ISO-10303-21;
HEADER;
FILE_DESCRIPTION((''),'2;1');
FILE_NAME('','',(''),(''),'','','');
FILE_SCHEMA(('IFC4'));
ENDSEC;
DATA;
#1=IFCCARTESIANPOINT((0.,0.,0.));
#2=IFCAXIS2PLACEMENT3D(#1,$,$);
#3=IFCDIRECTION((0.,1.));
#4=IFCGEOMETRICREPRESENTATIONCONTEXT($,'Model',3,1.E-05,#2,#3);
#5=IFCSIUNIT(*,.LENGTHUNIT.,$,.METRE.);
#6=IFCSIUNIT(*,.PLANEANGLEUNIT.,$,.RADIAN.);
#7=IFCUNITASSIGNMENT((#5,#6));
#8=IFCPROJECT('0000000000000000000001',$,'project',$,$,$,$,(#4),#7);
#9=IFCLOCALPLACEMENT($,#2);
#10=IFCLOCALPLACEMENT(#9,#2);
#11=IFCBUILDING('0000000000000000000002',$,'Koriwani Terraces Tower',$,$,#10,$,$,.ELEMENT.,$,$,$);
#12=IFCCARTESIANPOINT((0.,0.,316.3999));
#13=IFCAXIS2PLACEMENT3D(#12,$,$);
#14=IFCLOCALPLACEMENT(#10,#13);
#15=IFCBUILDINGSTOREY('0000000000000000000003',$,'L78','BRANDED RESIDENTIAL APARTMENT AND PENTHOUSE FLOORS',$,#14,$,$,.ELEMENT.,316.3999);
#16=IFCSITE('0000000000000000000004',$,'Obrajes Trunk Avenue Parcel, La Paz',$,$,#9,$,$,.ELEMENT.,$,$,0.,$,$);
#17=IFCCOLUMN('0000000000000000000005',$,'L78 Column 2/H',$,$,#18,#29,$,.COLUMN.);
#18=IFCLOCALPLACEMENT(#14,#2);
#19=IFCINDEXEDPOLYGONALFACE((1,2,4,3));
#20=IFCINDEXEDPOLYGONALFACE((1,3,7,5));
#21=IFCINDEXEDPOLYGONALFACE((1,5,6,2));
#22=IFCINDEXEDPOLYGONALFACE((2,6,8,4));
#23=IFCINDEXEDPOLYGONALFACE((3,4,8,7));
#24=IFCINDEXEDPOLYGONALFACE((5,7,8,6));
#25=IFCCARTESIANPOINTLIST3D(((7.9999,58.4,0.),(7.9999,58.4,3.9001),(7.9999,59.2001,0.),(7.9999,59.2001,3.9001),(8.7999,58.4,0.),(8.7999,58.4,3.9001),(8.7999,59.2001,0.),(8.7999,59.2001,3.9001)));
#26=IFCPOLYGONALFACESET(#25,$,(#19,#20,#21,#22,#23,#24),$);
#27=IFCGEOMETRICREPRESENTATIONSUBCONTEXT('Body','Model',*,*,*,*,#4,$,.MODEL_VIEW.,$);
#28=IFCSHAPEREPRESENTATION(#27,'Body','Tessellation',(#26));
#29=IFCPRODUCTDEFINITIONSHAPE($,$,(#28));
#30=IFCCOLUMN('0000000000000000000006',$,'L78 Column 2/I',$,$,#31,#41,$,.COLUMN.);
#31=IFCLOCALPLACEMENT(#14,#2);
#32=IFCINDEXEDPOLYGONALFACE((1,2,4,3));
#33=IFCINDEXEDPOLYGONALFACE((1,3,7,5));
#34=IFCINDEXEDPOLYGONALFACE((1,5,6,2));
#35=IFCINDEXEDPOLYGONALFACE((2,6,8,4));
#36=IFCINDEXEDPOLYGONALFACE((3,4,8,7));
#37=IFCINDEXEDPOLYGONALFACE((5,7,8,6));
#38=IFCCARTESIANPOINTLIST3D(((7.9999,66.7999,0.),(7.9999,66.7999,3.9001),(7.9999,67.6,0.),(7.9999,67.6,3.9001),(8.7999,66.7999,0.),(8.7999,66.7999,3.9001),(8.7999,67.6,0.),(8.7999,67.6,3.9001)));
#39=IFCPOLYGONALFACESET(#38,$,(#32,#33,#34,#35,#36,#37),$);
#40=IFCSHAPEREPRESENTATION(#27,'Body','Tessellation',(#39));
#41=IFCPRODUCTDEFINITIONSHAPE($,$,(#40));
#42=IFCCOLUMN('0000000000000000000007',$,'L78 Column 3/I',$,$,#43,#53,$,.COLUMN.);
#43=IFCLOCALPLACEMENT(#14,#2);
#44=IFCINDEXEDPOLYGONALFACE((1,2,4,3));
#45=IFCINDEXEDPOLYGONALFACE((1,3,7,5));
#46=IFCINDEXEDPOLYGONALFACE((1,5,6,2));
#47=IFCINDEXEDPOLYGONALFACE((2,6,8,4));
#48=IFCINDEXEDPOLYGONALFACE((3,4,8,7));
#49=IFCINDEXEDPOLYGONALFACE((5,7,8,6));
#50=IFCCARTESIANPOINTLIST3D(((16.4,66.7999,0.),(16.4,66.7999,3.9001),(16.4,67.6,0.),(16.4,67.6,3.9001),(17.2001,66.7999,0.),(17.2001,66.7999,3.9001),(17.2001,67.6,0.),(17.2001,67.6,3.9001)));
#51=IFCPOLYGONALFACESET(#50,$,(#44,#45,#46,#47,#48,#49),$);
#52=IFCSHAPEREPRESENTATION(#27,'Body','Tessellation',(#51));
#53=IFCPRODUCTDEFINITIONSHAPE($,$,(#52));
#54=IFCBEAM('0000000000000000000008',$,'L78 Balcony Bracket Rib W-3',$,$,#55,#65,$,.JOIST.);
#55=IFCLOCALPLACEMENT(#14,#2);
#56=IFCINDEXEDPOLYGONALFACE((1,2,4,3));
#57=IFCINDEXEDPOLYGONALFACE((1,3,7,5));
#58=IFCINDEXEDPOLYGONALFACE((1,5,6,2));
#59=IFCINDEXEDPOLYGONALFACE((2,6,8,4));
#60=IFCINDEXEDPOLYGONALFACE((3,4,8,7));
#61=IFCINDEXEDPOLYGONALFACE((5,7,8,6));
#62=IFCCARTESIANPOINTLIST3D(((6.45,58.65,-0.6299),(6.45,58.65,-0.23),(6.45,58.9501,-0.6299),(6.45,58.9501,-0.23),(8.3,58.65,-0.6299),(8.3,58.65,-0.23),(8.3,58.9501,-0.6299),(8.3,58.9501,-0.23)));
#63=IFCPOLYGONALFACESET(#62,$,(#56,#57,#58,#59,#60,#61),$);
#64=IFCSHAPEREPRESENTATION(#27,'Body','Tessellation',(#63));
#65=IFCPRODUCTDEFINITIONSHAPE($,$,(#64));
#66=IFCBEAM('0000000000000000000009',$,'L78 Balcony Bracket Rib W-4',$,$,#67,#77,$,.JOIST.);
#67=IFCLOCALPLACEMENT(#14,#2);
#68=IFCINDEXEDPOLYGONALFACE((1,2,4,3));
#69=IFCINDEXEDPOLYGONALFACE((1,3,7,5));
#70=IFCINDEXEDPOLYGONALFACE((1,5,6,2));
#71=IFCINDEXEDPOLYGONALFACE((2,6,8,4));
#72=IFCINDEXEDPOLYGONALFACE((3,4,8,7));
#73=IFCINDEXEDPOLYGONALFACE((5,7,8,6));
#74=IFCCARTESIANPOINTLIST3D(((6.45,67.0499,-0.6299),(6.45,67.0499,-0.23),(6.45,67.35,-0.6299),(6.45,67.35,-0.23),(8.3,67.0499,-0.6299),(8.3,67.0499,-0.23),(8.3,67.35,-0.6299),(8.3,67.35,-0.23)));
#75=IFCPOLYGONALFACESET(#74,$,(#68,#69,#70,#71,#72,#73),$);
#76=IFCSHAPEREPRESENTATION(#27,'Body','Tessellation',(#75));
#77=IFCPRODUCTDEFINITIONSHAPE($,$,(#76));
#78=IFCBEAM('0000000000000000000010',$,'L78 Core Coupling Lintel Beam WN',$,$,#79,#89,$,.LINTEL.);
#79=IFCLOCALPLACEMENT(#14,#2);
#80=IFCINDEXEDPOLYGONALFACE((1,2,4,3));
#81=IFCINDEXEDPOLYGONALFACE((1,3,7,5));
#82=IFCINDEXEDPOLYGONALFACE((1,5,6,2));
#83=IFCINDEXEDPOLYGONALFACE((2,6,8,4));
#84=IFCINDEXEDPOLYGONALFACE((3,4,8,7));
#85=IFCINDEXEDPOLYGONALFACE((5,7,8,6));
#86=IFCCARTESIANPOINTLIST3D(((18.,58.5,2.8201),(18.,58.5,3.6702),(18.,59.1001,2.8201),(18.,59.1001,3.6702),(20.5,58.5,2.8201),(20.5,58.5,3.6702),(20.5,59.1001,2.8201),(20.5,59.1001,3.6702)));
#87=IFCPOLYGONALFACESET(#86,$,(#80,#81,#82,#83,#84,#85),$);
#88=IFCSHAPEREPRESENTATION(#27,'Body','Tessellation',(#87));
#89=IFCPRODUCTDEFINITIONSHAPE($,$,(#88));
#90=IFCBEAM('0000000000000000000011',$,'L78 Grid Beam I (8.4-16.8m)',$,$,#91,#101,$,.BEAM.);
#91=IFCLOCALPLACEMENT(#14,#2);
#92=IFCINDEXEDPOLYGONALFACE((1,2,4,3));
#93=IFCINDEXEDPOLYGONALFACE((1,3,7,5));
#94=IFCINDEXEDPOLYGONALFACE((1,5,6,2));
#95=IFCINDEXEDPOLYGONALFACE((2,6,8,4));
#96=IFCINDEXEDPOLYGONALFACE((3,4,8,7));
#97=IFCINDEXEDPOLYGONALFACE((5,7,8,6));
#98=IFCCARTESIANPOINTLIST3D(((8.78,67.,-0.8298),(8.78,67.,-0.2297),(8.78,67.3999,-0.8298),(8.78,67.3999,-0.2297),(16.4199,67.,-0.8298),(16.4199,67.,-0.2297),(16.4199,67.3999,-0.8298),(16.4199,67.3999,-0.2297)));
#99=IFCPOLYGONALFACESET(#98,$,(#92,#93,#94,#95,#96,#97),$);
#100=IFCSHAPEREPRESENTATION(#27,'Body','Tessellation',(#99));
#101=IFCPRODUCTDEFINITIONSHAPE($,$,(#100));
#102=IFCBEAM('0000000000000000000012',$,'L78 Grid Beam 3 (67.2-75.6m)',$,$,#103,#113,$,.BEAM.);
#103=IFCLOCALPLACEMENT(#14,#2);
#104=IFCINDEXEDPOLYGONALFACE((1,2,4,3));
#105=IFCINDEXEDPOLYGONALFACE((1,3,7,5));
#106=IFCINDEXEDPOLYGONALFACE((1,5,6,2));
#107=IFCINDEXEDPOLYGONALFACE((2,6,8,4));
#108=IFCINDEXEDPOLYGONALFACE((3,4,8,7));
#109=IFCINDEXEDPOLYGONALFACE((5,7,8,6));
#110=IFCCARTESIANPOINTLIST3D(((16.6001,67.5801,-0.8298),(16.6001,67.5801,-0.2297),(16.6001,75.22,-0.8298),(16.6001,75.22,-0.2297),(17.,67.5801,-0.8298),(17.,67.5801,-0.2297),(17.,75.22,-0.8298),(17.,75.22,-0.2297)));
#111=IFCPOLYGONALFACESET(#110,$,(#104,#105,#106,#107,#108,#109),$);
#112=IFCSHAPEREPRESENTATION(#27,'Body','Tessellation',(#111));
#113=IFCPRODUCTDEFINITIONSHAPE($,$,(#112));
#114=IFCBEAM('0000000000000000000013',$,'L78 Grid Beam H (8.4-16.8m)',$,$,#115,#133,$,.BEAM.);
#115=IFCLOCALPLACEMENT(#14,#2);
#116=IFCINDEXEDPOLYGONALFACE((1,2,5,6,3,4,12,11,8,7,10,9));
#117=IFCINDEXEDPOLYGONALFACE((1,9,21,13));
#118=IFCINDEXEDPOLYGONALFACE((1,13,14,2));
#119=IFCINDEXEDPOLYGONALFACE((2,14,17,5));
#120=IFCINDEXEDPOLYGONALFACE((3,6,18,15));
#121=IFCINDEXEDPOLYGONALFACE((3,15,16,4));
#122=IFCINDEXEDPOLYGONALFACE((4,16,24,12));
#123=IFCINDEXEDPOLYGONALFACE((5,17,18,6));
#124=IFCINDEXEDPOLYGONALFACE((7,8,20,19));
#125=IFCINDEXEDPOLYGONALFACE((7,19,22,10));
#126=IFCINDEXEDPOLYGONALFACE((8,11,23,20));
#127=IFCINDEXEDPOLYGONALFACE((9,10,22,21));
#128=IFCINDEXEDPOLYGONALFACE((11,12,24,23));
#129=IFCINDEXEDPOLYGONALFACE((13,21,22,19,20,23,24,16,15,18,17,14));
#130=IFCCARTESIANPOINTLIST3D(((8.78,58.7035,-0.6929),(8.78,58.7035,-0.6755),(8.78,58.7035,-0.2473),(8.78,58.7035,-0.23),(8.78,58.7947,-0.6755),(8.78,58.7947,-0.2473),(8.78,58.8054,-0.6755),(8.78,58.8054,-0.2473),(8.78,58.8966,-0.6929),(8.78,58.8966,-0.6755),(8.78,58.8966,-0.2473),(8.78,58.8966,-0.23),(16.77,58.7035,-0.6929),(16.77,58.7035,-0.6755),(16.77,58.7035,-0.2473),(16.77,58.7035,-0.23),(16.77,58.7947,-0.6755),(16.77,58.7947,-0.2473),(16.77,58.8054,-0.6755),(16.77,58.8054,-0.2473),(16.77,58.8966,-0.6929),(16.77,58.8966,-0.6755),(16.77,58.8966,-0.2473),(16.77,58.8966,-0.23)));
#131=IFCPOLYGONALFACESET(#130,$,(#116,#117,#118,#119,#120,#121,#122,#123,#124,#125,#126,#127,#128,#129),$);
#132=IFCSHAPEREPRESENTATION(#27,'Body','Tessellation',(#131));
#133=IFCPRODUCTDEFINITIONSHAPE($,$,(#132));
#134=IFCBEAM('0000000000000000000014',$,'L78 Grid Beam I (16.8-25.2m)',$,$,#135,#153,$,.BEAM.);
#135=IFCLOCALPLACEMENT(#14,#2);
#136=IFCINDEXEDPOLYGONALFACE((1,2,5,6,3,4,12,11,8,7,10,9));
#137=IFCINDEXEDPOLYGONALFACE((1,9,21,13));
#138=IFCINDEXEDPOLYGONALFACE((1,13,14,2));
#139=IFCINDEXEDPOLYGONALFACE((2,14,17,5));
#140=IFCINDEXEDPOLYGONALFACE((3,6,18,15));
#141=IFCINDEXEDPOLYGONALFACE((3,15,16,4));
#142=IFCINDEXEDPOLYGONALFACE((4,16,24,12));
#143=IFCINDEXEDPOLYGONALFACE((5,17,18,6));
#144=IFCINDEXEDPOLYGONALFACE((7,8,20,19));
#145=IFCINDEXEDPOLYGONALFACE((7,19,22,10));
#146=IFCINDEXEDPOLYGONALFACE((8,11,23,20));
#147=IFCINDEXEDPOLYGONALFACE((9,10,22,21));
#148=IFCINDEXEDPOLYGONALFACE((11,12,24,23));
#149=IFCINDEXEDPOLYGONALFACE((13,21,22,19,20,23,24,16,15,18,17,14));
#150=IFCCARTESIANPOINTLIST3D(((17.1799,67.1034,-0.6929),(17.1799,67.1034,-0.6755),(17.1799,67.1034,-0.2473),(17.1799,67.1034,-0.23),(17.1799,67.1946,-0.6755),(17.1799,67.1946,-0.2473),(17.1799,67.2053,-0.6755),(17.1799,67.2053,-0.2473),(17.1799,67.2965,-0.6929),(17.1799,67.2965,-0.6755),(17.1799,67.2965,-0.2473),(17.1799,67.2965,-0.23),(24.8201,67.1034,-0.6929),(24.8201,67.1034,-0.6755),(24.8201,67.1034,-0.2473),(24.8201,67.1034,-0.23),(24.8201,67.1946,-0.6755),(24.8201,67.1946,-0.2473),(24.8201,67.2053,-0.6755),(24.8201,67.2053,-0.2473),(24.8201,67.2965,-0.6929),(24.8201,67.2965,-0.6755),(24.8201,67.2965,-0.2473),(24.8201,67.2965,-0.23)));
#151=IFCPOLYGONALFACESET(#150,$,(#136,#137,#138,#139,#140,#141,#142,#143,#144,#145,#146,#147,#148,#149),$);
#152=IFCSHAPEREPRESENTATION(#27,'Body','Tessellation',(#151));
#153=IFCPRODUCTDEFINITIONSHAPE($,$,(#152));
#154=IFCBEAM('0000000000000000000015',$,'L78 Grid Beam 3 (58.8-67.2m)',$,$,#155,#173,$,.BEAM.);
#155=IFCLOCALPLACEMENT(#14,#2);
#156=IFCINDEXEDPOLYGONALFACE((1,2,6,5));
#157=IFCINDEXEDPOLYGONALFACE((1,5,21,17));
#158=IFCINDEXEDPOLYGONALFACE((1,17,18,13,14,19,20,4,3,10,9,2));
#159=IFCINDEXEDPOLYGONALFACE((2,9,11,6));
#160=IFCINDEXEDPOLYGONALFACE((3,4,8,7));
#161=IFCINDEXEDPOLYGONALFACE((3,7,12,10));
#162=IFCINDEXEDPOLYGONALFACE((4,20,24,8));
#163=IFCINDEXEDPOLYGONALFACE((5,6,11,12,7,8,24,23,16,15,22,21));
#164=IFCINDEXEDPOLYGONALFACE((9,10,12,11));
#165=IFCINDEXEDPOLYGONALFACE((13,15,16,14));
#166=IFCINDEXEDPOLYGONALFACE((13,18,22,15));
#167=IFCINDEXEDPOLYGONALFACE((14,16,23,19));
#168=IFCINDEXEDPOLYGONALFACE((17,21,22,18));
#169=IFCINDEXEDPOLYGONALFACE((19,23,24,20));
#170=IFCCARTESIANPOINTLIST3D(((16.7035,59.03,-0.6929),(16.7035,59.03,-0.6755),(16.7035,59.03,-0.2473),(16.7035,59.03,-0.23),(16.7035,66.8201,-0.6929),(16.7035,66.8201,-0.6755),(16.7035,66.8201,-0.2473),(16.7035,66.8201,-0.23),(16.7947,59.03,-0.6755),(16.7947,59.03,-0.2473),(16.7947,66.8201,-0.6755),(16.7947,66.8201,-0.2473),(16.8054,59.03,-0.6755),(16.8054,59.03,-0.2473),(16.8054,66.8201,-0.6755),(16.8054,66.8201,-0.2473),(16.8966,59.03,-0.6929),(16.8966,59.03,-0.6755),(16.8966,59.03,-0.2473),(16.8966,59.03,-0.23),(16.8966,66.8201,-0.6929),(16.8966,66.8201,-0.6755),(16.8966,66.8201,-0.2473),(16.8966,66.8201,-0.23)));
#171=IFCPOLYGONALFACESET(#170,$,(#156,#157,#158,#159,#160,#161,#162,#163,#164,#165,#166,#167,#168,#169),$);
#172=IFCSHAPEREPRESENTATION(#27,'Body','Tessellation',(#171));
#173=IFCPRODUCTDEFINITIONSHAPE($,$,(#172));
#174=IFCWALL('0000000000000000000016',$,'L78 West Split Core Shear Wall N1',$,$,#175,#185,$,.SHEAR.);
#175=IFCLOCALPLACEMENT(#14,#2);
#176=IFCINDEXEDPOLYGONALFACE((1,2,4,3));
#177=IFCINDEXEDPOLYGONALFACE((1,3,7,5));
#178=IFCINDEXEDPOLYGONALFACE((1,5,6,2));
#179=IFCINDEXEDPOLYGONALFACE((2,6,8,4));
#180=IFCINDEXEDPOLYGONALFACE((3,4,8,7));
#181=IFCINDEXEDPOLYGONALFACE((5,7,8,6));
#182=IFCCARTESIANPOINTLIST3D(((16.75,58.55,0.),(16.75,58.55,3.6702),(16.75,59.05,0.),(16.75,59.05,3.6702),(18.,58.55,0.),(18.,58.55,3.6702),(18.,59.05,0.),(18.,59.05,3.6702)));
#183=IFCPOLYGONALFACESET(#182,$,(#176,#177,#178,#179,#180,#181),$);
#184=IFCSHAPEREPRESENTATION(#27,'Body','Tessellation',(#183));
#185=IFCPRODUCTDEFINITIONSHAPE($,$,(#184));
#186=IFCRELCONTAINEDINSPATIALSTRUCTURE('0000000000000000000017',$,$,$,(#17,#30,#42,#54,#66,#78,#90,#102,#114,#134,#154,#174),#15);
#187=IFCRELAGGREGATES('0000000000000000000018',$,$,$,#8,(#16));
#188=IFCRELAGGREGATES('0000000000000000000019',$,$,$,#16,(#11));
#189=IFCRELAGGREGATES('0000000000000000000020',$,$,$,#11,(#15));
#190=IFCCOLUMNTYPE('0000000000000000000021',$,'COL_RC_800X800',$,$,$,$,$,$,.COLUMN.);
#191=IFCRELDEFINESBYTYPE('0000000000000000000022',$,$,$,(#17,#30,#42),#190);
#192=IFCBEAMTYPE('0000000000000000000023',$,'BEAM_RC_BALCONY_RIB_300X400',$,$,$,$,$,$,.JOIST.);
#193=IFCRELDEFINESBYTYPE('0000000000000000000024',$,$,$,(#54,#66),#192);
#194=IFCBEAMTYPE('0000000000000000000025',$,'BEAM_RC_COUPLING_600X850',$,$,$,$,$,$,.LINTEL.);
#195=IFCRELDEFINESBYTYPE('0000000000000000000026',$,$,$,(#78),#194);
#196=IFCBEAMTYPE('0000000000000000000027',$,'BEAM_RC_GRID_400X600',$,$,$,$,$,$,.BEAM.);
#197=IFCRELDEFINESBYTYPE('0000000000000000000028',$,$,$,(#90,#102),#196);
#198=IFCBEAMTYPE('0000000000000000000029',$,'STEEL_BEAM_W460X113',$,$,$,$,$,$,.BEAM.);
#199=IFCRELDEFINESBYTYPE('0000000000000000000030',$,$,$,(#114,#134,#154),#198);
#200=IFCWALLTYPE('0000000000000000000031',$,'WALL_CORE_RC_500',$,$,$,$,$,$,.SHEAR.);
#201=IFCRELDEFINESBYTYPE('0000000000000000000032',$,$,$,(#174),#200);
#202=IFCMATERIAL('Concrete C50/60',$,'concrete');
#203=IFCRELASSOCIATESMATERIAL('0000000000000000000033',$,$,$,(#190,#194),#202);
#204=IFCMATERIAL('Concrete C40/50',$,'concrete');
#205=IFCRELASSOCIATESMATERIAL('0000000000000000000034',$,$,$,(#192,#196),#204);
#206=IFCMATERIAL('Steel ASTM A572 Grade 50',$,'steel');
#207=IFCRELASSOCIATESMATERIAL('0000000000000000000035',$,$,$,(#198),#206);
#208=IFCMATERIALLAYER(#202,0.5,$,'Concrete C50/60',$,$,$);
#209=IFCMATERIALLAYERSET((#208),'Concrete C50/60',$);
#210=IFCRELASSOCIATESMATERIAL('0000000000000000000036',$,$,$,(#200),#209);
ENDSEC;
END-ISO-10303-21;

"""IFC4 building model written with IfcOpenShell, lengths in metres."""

from ifc_helpers import new_model, si_unit, direction, frame, frame_2d, origin, origin_2d, place, context, subcontext, project, spatial, rectangle, i_section, extrude, material, layer, layer_set, material_profile, profile_set, type_object, element, save


model = new_model("IFC4")

# Units and contexts
model_context = context("Model", 3, precision=1e-05, world=origin(), true_north=direction((0.0, 1.0)))
body_context = subcontext(model_context, "Body", "Model", "MODEL_VIEW")
ifc_project = project(units=[si_unit("LENGTHUNIT", "METRE"), si_unit("PLANEANGLEUNIT", "RADIAN")], contexts=[model_context])

# Site, building, storey
site_placement = place(None, origin())
site = spatial("IfcSite", under=ifc_project, at=site_placement, Name="Obrajes Trunk Avenue Parcel, La Paz", CompositionType="ELEMENT", RefElevation=0.0)
building_placement = place(site_placement, origin())
building = spatial("IfcBuilding", under=site, at=building_placement, Name="Koriwani Terraces Tower", CompositionType="ELEMENT")
storey_placement = place(building_placement, frame((0.0, 0.0, 316.3999)))
storey = spatial("IfcBuildingStorey", under=building, at=storey_placement, Name="L78", Description="BRANDED RESIDENTIAL APARTMENT AND PENTHOUSE FLOORS", CompositionType="ELEMENT", Elevation=316.3999)

# Columns
ifc_material_1 = material(Name="Concrete C50/60", Category="concrete")
ifc_material_profile_1 = material_profile(ifc_material_1, rectangle(XDim=0.8, YDim=0.8, at=origin_2d()), Name="Concrete C50/60", Category="LoadBearing")
ifc_profile_set_1 = profile_set([ifc_material_profile_1], Name="Concrete C50/60")
column_type = type_object("IfcColumnType", Name="COL_RC_800X800", PredefinedType="COLUMN", material=ifc_profile_set_1)
for number, where, z_axis, x_axis, name in (
    (1, (8.3999, 58.8, 0.0), (0.0, 0.0, 1.0), (1.0, 0.0, 0.0), "L78 Column 2/H"),
    (2, (8.3999, 67.2, 0.0), (0.0, 0.0, 1.0), (1.0, 0.0, 0.0), "L78 Column 2/I"),
    (3, (16.8, 67.2, 0.0), (0.0, 0.0, 1.0), (1.0, 0.0, 0.0), "L78 Column 3/I"),
):
    element("IfcColumn", number, at=place(storey_placement, frame(where, z_axis=z_axis, x_axis=x_axis)), inside=storey, type_object=column_type, Name=name, PredefinedType="COLUMN", context=body_context, shape_type="SweptSolid", body=[
        extrude(rectangle(XDim=0.8, YDim=0.8, at=origin_2d()), origin(), (0.0, 0.0, 1.0), 3.9001),
    ])

# Beams
ifc_material_2 = material(Name="Concrete C40/50", Category="concrete")
ifc_material_profile_2 = material_profile(ifc_material_2, rectangle(XDim=0.3, YDim=0.3999, at=origin_2d()), Name="Concrete C40/50", Category="LoadBearing")
ifc_profile_set_2 = profile_set([ifc_material_profile_2], Name="Concrete C40/50")
beam_type_1 = type_object("IfcBeamType", Name="BEAM_RC_BALCONY_RIB_300X400", PredefinedType="JOIST", material=ifc_profile_set_2)
for number, where, z_axis, x_axis, name in (
    (4, (6.45, 58.8, -0.4299), (1.0, 0.0, 0.0), (0.0, 1.0, 0.0), "L78 Balcony Bracket Rib W-3"),
    (5, (6.45, 67.2, -0.4299), (1.0, 0.0, 0.0), (0.0, 1.0, 0.0), "L78 Balcony Bracket Rib W-4"),
):
    element("IfcBeam", number, at=place(storey_placement, frame(where, z_axis=z_axis, x_axis=x_axis)), inside=storey, type_object=beam_type_1, Name=name, PredefinedType="JOIST", context=body_context, shape_type="SweptSolid", body=[
        extrude(rectangle(XDim=0.3, YDim=0.3999, at=origin_2d()), origin(), (0.0, 0.0, 1.0), 1.8501),
    ])
ifc_material_profile_3 = material_profile(ifc_material_1, rectangle(XDim=0.6001, YDim=0.8501, at=origin_2d()), Name="Concrete C50/60", Category="LoadBearing")
ifc_profile_set_3 = profile_set([ifc_material_profile_3], Name="Concrete C50/60")
beam_type_2 = type_object("IfcBeamType", Name="BEAM_RC_COUPLING_600X850", PredefinedType="LINTEL", material=ifc_profile_set_3)
beam_1_placement = place(storey_placement, frame((18.0, 58.8, 3.2451), z_axis=(1.0, 0.0, 0.0), x_axis=(0.0, 1.0, 0.0)))
element("IfcBeam", 6, at=beam_1_placement, inside=storey, type_object=beam_type_2, Name="L78 Core Coupling Lintel Beam WN", PredefinedType="LINTEL", context=body_context, shape_type="SweptSolid", body=[
    extrude(rectangle(XDim=0.6001, YDim=0.8501, at=origin_2d()), origin(), (0.0, 0.0, 1.0), 2.5),
])
ifc_material_profile_4 = material_profile(ifc_material_2, rectangle(XDim=0.3999, YDim=0.6001, at=origin_2d()), Name="Concrete C40/50", Category="LoadBearing")
ifc_profile_set_4 = profile_set([ifc_material_profile_4], Name="Concrete C40/50")
beam_type_3 = type_object("IfcBeamType", Name="BEAM_RC_GRID_400X600", PredefinedType="BEAM", material=ifc_profile_set_4)
for number, where, z_axis, x_axis, name in (
    (7, (8.78, 67.2, -0.5298), (1.0, 0.0, 0.0), (0.0, 1.0, 0.0), "L78 Grid Beam I (8.4-16.8m)"),
    (8, (16.8, 67.5801, -0.5298), (0.0, 1.0, 0.0), (-1.0, 0.0, 0.0), "L78 Grid Beam 3 (67.2-75.6m)"),
):
    element("IfcBeam", number, at=place(storey_placement, frame(where, z_axis=z_axis, x_axis=x_axis)), inside=storey, type_object=beam_type_3, Name=name, PredefinedType="BEAM", context=body_context, shape_type="SweptSolid", body=[
        extrude(rectangle(XDim=0.3999, YDim=0.6001, at=origin_2d()), origin(), (0.0, 0.0, 1.0), 7.6399),
    ])
ifc_material_3 = material(Name="Steel ASTM A572 Grade 50", Category="steel")
ifc_material_profile_5 = material_profile(ifc_material_3, i_section(OverallWidth=0.1931, OverallDepth=0.4629, WebThickness=0.0107, FlangeThickness=0.0173, at=origin_2d()), Name="Steel ASTM A572 Grade 50", Category="LoadBearing")
ifc_profile_set_5 = profile_set([ifc_material_profile_5], Name="Steel ASTM A572 Grade 50")
beam_type_4 = type_object("IfcBeamType", Name="STEEL_BEAM_W460X113", PredefinedType="BEAM", material=ifc_profile_set_5)
beam_2_placement = place(storey_placement, frame((8.78, 58.8, -0.4614), z_axis=(1.0, 0.0, 0.0), x_axis=(0.0, 1.0, 0.0)))
element("IfcBeam", 9, at=beam_2_placement, inside=storey, type_object=beam_type_4, Name="L78 Grid Beam H (8.4-16.8m)", PredefinedType="BEAM", context=body_context, shape_type="SweptSolid", body=[
    extrude(i_section(OverallWidth=0.1931, OverallDepth=0.4629, WebThickness=0.0107, FlangeThickness=0.0173, at=origin_2d()), origin(), (0.0, 0.0, 1.0), 7.99),
])
beam_3_placement = place(storey_placement, frame((17.1799, 67.2, -0.4614), z_axis=(1.0, 0.0, 0.0), x_axis=(0.0, 1.0, 0.0)))
element("IfcBeam", 10, at=beam_3_placement, inside=storey, type_object=beam_type_4, Name="L78 Grid Beam I (16.8-25.2m)", PredefinedType="BEAM", context=body_context, shape_type="SweptSolid", body=[
    extrude(i_section(OverallWidth=0.1931, OverallDepth=0.4629, WebThickness=0.0107, FlangeThickness=0.0173, at=origin_2d()), origin(), (0.0, 0.0, 1.0), 7.6401),
])
beam_4_placement = place(storey_placement, frame((16.8, 59.03, -0.4614), z_axis=(0.0, 1.0, 0.0), x_axis=(-1.0, 0.0, 0.0)))
element("IfcBeam", 11, at=beam_4_placement, inside=storey, type_object=beam_type_4, Name="L78 Grid Beam 3 (58.8-67.2m)", PredefinedType="BEAM", context=body_context, shape_type="SweptSolid", body=[
    extrude(i_section(OverallWidth=0.1931, OverallDepth=0.4629, WebThickness=0.0107, FlangeThickness=0.0173, at=origin_2d()), origin(), (0.0, 0.0, 1.0), 7.79),
])

# Wall
ifc_layer_1 = layer(ifc_material_1, 0.5, Name="Concrete C50/60")
ifc_layer_set_1 = layer_set([ifc_layer_1], Name="Concrete C50/60")
wall_type_1 = type_object("IfcWallType", Name="WALL_CORE_RC_500", PredefinedType="SHEAR", material=ifc_layer_set_1)
wall_1_placement = place(storey_placement, frame((16.75, 58.8, 0.0), z_axis=(0.0, 0.0, 1.0), x_axis=(1.0, 0.0, 0.0)))
element("IfcWall", 12, at=wall_1_placement, inside=storey, type_object=wall_type_1, Name="L78 West Split Core Shear Wall N1", PredefinedType="SHEAR", context=body_context, shape_type="SweptSolid", body=[
    extrude(rectangle(XDim=1.25, YDim=0.5, at=frame_2d((0.625, 0.0))), origin(), (0.0, 0.0, 1.0), 3.6702),
])

save(model, "model.ifc")
